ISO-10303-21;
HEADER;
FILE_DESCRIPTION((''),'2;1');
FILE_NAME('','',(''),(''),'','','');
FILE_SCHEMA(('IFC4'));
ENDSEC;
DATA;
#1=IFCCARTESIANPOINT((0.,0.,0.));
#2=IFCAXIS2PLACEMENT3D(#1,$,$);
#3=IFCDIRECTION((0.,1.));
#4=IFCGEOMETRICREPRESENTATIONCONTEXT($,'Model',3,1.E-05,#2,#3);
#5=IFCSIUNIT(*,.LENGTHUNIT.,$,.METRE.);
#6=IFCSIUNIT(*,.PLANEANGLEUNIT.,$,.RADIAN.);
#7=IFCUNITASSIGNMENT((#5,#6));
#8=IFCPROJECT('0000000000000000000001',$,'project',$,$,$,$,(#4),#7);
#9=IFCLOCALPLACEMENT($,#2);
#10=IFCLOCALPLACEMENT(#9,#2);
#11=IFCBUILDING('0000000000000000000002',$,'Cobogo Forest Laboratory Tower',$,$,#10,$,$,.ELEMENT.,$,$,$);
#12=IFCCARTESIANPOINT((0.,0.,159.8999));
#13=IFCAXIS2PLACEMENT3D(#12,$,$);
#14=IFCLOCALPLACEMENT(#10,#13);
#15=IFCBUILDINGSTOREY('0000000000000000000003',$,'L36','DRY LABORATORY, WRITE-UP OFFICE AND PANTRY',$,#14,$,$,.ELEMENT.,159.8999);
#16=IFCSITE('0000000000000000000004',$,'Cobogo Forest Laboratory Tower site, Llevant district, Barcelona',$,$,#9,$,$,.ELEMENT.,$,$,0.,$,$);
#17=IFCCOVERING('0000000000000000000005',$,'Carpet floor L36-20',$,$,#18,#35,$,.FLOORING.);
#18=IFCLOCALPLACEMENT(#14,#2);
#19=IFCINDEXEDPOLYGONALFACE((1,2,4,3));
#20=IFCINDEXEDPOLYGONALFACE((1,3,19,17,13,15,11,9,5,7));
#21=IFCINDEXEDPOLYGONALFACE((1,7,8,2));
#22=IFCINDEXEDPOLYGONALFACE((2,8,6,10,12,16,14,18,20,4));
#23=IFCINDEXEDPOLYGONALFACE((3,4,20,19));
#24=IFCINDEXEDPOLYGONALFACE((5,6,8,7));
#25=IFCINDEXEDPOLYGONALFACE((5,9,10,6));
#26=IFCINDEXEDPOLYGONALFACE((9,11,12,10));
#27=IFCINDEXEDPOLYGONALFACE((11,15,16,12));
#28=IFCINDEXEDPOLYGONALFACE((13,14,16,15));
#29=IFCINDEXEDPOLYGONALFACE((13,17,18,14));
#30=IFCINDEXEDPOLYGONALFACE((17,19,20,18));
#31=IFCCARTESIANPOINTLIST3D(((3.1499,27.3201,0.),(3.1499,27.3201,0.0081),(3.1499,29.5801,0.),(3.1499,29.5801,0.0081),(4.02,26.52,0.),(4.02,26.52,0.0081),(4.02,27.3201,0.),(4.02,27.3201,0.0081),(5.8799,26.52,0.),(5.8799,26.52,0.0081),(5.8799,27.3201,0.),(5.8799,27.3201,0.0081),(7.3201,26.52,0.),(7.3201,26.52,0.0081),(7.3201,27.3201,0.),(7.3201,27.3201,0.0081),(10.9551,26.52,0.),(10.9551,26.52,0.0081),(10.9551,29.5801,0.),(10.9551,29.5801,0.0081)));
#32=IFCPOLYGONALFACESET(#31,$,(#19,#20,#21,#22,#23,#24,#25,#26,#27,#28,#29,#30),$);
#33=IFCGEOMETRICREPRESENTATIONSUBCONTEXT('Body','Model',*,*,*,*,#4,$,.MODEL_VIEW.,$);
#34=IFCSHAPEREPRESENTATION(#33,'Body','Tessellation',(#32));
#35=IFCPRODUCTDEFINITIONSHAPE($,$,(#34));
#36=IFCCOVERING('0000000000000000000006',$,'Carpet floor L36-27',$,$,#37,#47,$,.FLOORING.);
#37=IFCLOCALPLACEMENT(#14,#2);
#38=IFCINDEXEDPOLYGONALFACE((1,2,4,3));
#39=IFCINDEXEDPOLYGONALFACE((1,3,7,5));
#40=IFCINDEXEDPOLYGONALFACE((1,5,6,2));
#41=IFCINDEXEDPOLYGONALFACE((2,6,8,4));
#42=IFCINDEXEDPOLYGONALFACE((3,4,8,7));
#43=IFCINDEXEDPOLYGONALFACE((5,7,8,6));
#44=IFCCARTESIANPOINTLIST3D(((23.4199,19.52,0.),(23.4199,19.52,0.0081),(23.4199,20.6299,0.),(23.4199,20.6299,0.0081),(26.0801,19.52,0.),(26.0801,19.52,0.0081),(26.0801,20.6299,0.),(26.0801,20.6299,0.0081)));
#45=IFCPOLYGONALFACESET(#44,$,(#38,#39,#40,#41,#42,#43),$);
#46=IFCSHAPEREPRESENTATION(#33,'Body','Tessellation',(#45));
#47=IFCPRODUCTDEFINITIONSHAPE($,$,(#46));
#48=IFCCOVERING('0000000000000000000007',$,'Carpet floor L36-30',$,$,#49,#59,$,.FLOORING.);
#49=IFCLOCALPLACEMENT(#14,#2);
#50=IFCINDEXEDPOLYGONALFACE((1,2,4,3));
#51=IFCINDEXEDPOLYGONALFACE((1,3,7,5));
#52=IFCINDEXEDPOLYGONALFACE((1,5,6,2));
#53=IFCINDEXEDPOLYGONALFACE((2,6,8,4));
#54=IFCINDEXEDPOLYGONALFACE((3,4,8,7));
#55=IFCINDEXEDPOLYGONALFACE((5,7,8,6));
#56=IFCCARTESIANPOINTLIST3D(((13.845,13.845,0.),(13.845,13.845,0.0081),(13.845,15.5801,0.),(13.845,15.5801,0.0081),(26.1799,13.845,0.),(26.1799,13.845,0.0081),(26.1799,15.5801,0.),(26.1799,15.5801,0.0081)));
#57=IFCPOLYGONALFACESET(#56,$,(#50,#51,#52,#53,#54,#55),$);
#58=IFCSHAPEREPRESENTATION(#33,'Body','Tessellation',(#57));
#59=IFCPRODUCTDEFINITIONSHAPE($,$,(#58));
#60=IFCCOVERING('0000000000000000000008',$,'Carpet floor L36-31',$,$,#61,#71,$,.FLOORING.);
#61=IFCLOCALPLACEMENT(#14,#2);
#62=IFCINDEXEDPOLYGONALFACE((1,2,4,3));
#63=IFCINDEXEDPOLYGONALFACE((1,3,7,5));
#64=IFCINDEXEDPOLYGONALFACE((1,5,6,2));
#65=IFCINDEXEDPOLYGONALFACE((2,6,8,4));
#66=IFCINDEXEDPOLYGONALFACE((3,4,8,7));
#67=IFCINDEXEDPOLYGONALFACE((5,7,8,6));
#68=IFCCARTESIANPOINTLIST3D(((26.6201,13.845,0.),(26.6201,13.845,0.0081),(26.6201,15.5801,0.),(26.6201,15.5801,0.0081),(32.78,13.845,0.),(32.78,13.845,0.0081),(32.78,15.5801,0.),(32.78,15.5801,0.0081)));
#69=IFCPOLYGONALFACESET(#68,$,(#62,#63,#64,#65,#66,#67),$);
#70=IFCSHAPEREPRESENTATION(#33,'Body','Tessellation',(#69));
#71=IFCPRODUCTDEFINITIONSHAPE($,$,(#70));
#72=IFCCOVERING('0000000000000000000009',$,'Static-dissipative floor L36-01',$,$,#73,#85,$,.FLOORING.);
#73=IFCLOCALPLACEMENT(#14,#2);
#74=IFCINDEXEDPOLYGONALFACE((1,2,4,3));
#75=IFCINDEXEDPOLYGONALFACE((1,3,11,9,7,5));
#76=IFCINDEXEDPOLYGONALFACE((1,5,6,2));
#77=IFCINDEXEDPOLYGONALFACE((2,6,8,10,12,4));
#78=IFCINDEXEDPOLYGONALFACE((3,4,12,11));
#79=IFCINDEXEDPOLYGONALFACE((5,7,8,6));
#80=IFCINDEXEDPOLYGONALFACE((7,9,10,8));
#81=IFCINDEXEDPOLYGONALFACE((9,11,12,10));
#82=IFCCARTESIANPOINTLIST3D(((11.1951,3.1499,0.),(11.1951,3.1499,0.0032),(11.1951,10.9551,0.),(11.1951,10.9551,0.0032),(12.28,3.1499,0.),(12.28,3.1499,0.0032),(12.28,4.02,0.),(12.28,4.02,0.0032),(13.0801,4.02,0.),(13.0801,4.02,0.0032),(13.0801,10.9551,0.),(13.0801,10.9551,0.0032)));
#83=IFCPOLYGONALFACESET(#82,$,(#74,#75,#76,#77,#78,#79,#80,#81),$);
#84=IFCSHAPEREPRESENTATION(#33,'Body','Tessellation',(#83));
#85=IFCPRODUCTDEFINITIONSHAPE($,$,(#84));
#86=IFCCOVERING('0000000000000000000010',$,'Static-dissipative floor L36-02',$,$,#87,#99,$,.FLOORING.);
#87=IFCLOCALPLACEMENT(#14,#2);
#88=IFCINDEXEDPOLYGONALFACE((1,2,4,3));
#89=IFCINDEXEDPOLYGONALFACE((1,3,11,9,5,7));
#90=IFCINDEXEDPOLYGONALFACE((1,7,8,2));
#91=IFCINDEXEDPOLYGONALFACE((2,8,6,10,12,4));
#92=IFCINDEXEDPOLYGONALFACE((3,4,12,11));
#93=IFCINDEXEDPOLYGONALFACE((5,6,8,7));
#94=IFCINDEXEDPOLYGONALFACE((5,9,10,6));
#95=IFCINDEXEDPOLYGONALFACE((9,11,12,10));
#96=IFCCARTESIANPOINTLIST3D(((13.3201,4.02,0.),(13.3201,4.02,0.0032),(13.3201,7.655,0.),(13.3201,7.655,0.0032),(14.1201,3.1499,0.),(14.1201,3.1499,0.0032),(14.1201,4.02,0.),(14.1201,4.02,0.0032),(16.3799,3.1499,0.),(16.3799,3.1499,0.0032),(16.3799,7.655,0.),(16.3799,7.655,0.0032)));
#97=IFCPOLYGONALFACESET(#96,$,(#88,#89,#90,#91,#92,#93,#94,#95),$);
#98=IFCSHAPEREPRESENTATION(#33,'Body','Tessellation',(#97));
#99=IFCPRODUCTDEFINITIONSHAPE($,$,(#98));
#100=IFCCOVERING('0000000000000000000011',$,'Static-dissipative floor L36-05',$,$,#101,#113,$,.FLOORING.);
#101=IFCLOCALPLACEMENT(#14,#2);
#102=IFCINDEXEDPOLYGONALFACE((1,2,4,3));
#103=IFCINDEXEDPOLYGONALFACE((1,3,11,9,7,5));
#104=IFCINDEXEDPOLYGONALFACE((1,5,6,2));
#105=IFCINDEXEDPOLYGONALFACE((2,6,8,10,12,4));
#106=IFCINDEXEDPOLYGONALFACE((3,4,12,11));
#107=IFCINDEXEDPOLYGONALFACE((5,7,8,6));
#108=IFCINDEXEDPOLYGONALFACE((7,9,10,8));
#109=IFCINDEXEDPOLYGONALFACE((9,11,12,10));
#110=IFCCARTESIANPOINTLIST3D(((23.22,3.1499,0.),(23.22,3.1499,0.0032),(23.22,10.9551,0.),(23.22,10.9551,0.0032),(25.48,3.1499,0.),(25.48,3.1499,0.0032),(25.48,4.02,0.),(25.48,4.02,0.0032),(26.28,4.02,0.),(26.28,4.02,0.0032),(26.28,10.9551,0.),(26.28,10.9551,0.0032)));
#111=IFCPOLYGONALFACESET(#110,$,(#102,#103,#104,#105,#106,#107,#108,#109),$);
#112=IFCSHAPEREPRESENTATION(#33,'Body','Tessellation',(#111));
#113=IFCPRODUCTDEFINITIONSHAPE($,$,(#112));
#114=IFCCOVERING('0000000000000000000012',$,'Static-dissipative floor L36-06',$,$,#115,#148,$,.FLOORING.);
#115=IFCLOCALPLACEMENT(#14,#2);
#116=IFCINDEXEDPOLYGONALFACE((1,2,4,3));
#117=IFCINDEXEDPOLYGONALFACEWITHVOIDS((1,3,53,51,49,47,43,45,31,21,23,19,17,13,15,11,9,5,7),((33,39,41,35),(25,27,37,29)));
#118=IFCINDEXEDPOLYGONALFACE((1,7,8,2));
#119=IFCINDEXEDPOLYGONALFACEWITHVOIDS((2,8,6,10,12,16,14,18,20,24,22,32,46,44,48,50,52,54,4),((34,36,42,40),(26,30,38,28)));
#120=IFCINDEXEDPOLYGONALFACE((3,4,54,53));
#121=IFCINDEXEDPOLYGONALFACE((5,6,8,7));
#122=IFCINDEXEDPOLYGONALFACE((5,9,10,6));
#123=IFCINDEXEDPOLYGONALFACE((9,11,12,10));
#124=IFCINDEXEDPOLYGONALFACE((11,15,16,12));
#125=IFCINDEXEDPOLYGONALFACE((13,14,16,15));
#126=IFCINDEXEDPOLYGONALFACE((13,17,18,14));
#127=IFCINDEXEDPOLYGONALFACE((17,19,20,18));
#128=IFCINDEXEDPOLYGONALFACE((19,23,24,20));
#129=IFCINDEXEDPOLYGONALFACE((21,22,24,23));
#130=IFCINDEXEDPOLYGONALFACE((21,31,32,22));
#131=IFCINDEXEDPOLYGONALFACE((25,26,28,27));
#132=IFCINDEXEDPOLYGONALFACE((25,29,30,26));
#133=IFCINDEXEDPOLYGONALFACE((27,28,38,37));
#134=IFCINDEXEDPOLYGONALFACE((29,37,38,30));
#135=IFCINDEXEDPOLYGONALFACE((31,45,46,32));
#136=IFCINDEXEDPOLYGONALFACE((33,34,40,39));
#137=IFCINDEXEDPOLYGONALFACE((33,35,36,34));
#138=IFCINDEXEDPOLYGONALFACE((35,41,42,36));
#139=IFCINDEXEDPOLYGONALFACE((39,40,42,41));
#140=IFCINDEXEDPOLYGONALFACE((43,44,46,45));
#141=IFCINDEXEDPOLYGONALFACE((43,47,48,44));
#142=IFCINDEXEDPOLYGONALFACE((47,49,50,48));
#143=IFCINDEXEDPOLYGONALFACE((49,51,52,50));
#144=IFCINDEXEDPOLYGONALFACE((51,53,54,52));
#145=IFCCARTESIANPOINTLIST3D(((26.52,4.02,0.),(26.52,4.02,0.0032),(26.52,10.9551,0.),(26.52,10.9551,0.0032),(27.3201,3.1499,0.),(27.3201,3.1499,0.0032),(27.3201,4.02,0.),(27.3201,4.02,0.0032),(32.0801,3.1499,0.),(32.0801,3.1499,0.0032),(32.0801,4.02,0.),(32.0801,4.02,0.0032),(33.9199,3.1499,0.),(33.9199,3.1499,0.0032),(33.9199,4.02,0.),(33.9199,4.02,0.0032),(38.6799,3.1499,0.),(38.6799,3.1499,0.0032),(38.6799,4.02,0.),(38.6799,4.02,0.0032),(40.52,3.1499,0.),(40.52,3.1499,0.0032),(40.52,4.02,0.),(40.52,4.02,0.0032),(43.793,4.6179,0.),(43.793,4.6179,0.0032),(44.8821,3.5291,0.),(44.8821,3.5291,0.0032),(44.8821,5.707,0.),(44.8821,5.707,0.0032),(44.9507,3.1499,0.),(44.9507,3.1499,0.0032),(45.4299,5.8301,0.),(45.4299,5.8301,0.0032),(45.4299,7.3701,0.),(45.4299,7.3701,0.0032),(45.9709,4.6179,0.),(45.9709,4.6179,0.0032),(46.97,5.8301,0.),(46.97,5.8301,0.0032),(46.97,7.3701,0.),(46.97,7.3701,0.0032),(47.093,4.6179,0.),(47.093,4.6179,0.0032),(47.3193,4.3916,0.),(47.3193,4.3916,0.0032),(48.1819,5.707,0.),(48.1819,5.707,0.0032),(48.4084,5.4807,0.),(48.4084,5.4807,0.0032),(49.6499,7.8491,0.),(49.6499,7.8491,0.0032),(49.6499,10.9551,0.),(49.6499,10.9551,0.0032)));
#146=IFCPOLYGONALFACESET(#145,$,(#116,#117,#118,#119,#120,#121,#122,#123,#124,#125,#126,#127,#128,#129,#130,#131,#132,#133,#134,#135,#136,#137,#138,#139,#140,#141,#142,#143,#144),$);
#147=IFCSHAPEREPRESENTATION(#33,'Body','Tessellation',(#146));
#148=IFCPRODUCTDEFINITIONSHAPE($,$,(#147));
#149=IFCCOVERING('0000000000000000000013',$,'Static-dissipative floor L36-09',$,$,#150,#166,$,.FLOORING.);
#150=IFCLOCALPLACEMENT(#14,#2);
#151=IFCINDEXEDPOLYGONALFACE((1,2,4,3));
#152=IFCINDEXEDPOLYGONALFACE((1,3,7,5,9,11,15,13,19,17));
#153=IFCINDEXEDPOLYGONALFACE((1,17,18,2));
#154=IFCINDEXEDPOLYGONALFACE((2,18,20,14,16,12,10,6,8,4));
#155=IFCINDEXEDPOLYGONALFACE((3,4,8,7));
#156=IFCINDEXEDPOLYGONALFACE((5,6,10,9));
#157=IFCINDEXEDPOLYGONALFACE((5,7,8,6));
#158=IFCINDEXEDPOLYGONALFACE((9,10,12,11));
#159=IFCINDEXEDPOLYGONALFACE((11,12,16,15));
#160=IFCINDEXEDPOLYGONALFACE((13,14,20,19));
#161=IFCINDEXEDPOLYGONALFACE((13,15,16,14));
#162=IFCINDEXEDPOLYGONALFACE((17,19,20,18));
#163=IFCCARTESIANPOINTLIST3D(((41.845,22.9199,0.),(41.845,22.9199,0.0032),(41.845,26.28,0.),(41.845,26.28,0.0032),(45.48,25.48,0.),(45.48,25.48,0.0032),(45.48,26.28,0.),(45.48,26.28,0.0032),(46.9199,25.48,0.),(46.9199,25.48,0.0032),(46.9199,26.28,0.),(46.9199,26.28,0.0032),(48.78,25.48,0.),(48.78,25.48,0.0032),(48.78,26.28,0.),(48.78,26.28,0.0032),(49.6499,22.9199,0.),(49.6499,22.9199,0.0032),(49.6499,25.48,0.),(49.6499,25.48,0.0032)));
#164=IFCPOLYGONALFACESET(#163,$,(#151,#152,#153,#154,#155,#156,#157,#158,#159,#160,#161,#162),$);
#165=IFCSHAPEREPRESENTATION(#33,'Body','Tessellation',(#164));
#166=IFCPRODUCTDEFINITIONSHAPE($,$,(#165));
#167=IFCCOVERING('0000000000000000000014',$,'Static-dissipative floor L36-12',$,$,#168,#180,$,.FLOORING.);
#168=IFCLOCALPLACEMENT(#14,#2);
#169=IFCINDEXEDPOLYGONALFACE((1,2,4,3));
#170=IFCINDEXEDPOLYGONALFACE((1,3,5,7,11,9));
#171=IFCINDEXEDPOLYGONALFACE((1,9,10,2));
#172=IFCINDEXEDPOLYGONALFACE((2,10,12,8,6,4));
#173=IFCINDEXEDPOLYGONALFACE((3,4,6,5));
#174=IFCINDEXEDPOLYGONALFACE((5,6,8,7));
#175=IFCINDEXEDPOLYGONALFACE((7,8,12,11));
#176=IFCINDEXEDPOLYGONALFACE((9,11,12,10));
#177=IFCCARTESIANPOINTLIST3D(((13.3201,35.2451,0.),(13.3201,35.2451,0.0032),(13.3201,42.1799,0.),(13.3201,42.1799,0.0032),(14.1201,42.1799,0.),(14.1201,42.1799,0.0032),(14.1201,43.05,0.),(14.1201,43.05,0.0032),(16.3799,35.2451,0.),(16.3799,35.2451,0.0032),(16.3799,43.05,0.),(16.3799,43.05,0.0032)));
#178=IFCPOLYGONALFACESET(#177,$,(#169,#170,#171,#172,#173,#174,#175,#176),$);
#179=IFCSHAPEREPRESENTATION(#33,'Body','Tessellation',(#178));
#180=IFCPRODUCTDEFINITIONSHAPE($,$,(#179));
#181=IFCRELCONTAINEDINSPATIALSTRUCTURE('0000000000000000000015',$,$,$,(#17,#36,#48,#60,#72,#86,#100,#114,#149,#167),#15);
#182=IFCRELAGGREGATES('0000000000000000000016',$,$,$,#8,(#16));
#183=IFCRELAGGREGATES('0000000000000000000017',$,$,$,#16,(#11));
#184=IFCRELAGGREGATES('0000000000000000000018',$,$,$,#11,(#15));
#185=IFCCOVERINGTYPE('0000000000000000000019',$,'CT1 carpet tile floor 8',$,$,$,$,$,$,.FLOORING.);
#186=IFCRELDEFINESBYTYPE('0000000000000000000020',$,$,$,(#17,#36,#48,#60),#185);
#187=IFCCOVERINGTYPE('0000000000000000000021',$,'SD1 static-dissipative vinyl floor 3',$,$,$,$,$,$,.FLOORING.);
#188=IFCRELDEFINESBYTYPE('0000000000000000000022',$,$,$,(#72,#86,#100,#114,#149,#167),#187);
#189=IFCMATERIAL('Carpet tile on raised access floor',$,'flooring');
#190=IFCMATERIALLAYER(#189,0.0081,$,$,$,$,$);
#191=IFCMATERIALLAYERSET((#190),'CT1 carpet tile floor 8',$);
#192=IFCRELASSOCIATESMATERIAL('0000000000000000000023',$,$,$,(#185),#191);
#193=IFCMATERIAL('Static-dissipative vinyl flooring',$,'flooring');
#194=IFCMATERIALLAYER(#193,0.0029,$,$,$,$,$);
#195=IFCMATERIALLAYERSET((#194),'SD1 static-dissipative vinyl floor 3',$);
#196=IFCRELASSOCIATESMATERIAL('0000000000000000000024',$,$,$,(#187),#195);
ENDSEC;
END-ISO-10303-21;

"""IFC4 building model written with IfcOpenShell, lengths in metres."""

from ifc_helpers import new_model, si_unit, direction, frame, origin, place, context, subcontext, project, spatial, polyline, outline, extrude, material, layer, layer_set, type_object, element, save


model = new_model("IFC4")

# Units and contexts
model_context = context("Model", 3, precision=1e-05, world=origin(), true_north=direction((0.0, 1.0)))
body_context = subcontext(model_context, "Body", "Model", "MODEL_VIEW")
ifc_project = project(units=[si_unit("LENGTHUNIT", "METRE"), si_unit("PLANEANGLEUNIT", "RADIAN")], contexts=[model_context])

# Site, building, storey
site_placement = place(None, origin())
site = spatial("IfcSite", under=ifc_project, at=site_placement, Name="Cobogo Forest Laboratory Tower site, Llevant district, Barcelona", CompositionType="ELEMENT", RefElevation=0.0)
building_placement = place(site_placement, origin())
building = spatial("IfcBuilding", under=site, at=building_placement, Name="Cobogo Forest Laboratory Tower", CompositionType="ELEMENT")
storey_placement = place(building_placement, frame((0.0, 0.0, 159.8999)))
storey = spatial("IfcBuildingStorey", under=building, at=storey_placement, Name="L36", Description="DRY LABORATORY, WRITE-UP OFFICE AND PANTRY", CompositionType="ELEMENT", Elevation=159.8999)

# Coverings
ifc_material_1 = material(Name="Carpet tile on raised access floor", Category="flooring")
ifc_layer_1 = layer(ifc_material_1, 0.0081)
ifc_layer_set_1 = layer_set([ifc_layer_1], Name="CT1 carpet tile floor 8")
covering_type_1 = type_object("IfcCoveringType", Name="CT1 carpet tile floor 8", PredefinedType="FLOORING", material=ifc_layer_set_1)
covering_1_placement = place(storey_placement, origin())
element("IfcCovering", 1, at=covering_1_placement, inside=storey, type_object=covering_type_1, Name="Carpet floor L36-20", PredefinedType="FLOORING", context=body_context, shape_type="SweptSolid", body=[
    extrude(outline(polyline([(10.9551, 26.52), (7.3201, 26.52), (7.3201, 27.3201), (5.8799, 27.3201), (5.8799, 26.52), (4.02, 26.52), (4.02, 27.3201), (3.1499, 27.3201), (3.1499, 29.5801), (10.9551, 29.5801), (10.9551, 26.52)])), origin(), (0.0, 0.0, 1.0), 0.0081),
])
covering_2_placement = place(storey_placement, origin())
element("IfcCovering", 2, at=covering_2_placement, inside=storey, type_object=covering_type_1, Name="Carpet floor L36-27", PredefinedType="FLOORING", context=body_context, shape_type="SweptSolid", body=[
    extrude(outline(polyline([(26.0801, 19.52), (23.4199, 19.52), (23.4199, 20.6299), (26.0801, 20.6299), (26.0801, 19.52)])), origin(), (0.0, 0.0, 1.0), 0.0081),
])
covering_3_placement = place(storey_placement, origin())
element("IfcCovering", 3, at=covering_3_placement, inside=storey, type_object=covering_type_1, Name="Carpet floor L36-30", PredefinedType="FLOORING", context=body_context, shape_type="SweptSolid", body=[
    extrude(outline(polyline([(26.1799, 13.845), (13.845, 13.845), (13.845, 15.5801), (26.1799, 15.5801), (26.1799, 13.845)])), origin(), (0.0, 0.0, 1.0), 0.0081),
])
covering_4_placement = place(storey_placement, origin())
element("IfcCovering", 4, at=covering_4_placement, inside=storey, type_object=covering_type_1, Name="Carpet floor L36-31", PredefinedType="FLOORING", context=body_context, shape_type="SweptSolid", body=[
    extrude(outline(polyline([(32.78, 13.845), (26.6201, 13.845), (26.6201, 15.5801), (32.78, 15.5801), (32.78, 13.845)])), origin(), (0.0, 0.0, 1.0), 0.0081),
])
ifc_material_2 = material(Name="Static-dissipative vinyl flooring", Category="flooring")
ifc_layer_2 = layer(ifc_material_2, 0.0029)
ifc_layer_set_2 = layer_set([ifc_layer_2], Name="SD1 static-dissipative vinyl floor 3")
covering_type_2 = type_object("IfcCoveringType", Name="SD1 static-dissipative vinyl floor 3", PredefinedType="FLOORING", material=ifc_layer_set_2)
covering_5_placement = place(storey_placement, origin())
element("IfcCovering", 5, at=covering_5_placement, inside=storey, type_object=covering_type_2, Name="Static-dissipative floor L36-01", PredefinedType="FLOORING", context=body_context, shape_type="SweptSolid", body=[
    extrude(outline(polyline([(13.0801, 10.9551), (13.0801, 4.02), (12.28, 4.02), (12.28, 3.1499), (11.1951, 3.1499), (11.1951, 10.9551), (13.0801, 10.9551)])), origin(), (0.0, 0.0, 1.0), 0.0032),
])
covering_6_placement = place(storey_placement, origin())
element("IfcCovering", 6, at=covering_6_placement, inside=storey, type_object=covering_type_2, Name="Static-dissipative floor L36-02", PredefinedType="FLOORING", context=body_context, shape_type="SweptSolid", body=[
    extrude(outline(polyline([(16.3799, 7.655), (16.3799, 3.1499), (14.1201, 3.1499), (14.1201, 4.02), (13.3201, 4.02), (13.3201, 7.655), (16.3799, 7.655)])), origin(), (0.0, 0.0, 1.0), 0.0032),
])
covering_7_placement = place(storey_placement, origin())
element("IfcCovering", 7, at=covering_7_placement, inside=storey, type_object=covering_type_2, Name="Static-dissipative floor L36-05", PredefinedType="FLOORING", context=body_context, shape_type="SweptSolid", body=[
    extrude(outline(polyline([(26.28, 10.9551), (26.28, 4.02), (25.48, 4.02), (25.48, 3.1499), (23.22, 3.1499), (23.22, 10.9551), (26.28, 10.9551)])), origin(), (0.0, 0.0, 1.0), 0.0032),
])
covering_8_placement = place(storey_placement, origin())
element("IfcCovering", 8, at=covering_8_placement, inside=storey, type_object=covering_type_2, Name="Static-dissipative floor L36-06", PredefinedType="FLOORING", context=body_context, shape_type="SweptSolid", body=[
    extrude(outline(polyline([(49.6499, 10.9551), (49.6499, 7.8491), (48.4084, 5.4807), (48.1819, 5.707), (47.093, 4.6179), (47.3193, 4.3916), (44.9507, 3.1499), (40.52, 3.1499), (40.52, 4.02), (38.6799, 4.02), (38.6799, 3.1499), (33.9199, 3.1499), (33.9199, 4.02), (32.0801, 4.02), (32.0801, 3.1499), (27.3201, 3.1499), (27.3201, 4.02), (26.52, 4.02), (26.52, 10.9551), (49.6499, 10.9551)]), holes=[polyline([(45.4299, 5.8301), (46.97, 5.8301), (46.97, 7.3701), (45.4299, 7.3701), (45.4299, 5.8301)]), polyline([(44.8821, 3.5291), (45.9709, 4.6179), (44.8821, 5.707), (43.793, 4.6179), (44.8821, 3.5291)])]), origin(), (0.0, 0.0, 1.0), 0.0032),
])
covering_9_placement = place(storey_placement, origin())
element("IfcCovering", 9, at=covering_9_placement, inside=storey, type_object=covering_type_2, Name="Static-dissipative floor L36-09", PredefinedType="FLOORING", context=body_context, shape_type="SweptSolid", body=[
    extrude(outline(polyline([(41.845, 26.28), (45.48, 26.28), (45.48, 25.48), (46.9199, 25.48), (46.9199, 26.28), (48.78, 26.28), (48.78, 25.48), (49.6499, 25.48), (49.6499, 22.9199), (41.845, 22.9199), (41.845, 26.28)])), origin(), (0.0, 0.0, 1.0), 0.0032),
])
covering_10_placement = place(storey_placement, origin())
element("IfcCovering", 10, at=covering_10_placement, inside=storey, type_object=covering_type_2, Name="Static-dissipative floor L36-12", PredefinedType="FLOORING", context=body_context, shape_type="SweptSolid", body=[
    extrude(outline(polyline([(13.3201, 35.2451), (13.3201, 42.1799), (14.1201, 42.1799), (14.1201, 43.05), (16.3799, 43.05), (16.3799, 35.2451), (13.3201, 35.2451)])), origin(), (0.0, 0.0, 1.0), 0.0032),
])

save(model, "model.ifc")
